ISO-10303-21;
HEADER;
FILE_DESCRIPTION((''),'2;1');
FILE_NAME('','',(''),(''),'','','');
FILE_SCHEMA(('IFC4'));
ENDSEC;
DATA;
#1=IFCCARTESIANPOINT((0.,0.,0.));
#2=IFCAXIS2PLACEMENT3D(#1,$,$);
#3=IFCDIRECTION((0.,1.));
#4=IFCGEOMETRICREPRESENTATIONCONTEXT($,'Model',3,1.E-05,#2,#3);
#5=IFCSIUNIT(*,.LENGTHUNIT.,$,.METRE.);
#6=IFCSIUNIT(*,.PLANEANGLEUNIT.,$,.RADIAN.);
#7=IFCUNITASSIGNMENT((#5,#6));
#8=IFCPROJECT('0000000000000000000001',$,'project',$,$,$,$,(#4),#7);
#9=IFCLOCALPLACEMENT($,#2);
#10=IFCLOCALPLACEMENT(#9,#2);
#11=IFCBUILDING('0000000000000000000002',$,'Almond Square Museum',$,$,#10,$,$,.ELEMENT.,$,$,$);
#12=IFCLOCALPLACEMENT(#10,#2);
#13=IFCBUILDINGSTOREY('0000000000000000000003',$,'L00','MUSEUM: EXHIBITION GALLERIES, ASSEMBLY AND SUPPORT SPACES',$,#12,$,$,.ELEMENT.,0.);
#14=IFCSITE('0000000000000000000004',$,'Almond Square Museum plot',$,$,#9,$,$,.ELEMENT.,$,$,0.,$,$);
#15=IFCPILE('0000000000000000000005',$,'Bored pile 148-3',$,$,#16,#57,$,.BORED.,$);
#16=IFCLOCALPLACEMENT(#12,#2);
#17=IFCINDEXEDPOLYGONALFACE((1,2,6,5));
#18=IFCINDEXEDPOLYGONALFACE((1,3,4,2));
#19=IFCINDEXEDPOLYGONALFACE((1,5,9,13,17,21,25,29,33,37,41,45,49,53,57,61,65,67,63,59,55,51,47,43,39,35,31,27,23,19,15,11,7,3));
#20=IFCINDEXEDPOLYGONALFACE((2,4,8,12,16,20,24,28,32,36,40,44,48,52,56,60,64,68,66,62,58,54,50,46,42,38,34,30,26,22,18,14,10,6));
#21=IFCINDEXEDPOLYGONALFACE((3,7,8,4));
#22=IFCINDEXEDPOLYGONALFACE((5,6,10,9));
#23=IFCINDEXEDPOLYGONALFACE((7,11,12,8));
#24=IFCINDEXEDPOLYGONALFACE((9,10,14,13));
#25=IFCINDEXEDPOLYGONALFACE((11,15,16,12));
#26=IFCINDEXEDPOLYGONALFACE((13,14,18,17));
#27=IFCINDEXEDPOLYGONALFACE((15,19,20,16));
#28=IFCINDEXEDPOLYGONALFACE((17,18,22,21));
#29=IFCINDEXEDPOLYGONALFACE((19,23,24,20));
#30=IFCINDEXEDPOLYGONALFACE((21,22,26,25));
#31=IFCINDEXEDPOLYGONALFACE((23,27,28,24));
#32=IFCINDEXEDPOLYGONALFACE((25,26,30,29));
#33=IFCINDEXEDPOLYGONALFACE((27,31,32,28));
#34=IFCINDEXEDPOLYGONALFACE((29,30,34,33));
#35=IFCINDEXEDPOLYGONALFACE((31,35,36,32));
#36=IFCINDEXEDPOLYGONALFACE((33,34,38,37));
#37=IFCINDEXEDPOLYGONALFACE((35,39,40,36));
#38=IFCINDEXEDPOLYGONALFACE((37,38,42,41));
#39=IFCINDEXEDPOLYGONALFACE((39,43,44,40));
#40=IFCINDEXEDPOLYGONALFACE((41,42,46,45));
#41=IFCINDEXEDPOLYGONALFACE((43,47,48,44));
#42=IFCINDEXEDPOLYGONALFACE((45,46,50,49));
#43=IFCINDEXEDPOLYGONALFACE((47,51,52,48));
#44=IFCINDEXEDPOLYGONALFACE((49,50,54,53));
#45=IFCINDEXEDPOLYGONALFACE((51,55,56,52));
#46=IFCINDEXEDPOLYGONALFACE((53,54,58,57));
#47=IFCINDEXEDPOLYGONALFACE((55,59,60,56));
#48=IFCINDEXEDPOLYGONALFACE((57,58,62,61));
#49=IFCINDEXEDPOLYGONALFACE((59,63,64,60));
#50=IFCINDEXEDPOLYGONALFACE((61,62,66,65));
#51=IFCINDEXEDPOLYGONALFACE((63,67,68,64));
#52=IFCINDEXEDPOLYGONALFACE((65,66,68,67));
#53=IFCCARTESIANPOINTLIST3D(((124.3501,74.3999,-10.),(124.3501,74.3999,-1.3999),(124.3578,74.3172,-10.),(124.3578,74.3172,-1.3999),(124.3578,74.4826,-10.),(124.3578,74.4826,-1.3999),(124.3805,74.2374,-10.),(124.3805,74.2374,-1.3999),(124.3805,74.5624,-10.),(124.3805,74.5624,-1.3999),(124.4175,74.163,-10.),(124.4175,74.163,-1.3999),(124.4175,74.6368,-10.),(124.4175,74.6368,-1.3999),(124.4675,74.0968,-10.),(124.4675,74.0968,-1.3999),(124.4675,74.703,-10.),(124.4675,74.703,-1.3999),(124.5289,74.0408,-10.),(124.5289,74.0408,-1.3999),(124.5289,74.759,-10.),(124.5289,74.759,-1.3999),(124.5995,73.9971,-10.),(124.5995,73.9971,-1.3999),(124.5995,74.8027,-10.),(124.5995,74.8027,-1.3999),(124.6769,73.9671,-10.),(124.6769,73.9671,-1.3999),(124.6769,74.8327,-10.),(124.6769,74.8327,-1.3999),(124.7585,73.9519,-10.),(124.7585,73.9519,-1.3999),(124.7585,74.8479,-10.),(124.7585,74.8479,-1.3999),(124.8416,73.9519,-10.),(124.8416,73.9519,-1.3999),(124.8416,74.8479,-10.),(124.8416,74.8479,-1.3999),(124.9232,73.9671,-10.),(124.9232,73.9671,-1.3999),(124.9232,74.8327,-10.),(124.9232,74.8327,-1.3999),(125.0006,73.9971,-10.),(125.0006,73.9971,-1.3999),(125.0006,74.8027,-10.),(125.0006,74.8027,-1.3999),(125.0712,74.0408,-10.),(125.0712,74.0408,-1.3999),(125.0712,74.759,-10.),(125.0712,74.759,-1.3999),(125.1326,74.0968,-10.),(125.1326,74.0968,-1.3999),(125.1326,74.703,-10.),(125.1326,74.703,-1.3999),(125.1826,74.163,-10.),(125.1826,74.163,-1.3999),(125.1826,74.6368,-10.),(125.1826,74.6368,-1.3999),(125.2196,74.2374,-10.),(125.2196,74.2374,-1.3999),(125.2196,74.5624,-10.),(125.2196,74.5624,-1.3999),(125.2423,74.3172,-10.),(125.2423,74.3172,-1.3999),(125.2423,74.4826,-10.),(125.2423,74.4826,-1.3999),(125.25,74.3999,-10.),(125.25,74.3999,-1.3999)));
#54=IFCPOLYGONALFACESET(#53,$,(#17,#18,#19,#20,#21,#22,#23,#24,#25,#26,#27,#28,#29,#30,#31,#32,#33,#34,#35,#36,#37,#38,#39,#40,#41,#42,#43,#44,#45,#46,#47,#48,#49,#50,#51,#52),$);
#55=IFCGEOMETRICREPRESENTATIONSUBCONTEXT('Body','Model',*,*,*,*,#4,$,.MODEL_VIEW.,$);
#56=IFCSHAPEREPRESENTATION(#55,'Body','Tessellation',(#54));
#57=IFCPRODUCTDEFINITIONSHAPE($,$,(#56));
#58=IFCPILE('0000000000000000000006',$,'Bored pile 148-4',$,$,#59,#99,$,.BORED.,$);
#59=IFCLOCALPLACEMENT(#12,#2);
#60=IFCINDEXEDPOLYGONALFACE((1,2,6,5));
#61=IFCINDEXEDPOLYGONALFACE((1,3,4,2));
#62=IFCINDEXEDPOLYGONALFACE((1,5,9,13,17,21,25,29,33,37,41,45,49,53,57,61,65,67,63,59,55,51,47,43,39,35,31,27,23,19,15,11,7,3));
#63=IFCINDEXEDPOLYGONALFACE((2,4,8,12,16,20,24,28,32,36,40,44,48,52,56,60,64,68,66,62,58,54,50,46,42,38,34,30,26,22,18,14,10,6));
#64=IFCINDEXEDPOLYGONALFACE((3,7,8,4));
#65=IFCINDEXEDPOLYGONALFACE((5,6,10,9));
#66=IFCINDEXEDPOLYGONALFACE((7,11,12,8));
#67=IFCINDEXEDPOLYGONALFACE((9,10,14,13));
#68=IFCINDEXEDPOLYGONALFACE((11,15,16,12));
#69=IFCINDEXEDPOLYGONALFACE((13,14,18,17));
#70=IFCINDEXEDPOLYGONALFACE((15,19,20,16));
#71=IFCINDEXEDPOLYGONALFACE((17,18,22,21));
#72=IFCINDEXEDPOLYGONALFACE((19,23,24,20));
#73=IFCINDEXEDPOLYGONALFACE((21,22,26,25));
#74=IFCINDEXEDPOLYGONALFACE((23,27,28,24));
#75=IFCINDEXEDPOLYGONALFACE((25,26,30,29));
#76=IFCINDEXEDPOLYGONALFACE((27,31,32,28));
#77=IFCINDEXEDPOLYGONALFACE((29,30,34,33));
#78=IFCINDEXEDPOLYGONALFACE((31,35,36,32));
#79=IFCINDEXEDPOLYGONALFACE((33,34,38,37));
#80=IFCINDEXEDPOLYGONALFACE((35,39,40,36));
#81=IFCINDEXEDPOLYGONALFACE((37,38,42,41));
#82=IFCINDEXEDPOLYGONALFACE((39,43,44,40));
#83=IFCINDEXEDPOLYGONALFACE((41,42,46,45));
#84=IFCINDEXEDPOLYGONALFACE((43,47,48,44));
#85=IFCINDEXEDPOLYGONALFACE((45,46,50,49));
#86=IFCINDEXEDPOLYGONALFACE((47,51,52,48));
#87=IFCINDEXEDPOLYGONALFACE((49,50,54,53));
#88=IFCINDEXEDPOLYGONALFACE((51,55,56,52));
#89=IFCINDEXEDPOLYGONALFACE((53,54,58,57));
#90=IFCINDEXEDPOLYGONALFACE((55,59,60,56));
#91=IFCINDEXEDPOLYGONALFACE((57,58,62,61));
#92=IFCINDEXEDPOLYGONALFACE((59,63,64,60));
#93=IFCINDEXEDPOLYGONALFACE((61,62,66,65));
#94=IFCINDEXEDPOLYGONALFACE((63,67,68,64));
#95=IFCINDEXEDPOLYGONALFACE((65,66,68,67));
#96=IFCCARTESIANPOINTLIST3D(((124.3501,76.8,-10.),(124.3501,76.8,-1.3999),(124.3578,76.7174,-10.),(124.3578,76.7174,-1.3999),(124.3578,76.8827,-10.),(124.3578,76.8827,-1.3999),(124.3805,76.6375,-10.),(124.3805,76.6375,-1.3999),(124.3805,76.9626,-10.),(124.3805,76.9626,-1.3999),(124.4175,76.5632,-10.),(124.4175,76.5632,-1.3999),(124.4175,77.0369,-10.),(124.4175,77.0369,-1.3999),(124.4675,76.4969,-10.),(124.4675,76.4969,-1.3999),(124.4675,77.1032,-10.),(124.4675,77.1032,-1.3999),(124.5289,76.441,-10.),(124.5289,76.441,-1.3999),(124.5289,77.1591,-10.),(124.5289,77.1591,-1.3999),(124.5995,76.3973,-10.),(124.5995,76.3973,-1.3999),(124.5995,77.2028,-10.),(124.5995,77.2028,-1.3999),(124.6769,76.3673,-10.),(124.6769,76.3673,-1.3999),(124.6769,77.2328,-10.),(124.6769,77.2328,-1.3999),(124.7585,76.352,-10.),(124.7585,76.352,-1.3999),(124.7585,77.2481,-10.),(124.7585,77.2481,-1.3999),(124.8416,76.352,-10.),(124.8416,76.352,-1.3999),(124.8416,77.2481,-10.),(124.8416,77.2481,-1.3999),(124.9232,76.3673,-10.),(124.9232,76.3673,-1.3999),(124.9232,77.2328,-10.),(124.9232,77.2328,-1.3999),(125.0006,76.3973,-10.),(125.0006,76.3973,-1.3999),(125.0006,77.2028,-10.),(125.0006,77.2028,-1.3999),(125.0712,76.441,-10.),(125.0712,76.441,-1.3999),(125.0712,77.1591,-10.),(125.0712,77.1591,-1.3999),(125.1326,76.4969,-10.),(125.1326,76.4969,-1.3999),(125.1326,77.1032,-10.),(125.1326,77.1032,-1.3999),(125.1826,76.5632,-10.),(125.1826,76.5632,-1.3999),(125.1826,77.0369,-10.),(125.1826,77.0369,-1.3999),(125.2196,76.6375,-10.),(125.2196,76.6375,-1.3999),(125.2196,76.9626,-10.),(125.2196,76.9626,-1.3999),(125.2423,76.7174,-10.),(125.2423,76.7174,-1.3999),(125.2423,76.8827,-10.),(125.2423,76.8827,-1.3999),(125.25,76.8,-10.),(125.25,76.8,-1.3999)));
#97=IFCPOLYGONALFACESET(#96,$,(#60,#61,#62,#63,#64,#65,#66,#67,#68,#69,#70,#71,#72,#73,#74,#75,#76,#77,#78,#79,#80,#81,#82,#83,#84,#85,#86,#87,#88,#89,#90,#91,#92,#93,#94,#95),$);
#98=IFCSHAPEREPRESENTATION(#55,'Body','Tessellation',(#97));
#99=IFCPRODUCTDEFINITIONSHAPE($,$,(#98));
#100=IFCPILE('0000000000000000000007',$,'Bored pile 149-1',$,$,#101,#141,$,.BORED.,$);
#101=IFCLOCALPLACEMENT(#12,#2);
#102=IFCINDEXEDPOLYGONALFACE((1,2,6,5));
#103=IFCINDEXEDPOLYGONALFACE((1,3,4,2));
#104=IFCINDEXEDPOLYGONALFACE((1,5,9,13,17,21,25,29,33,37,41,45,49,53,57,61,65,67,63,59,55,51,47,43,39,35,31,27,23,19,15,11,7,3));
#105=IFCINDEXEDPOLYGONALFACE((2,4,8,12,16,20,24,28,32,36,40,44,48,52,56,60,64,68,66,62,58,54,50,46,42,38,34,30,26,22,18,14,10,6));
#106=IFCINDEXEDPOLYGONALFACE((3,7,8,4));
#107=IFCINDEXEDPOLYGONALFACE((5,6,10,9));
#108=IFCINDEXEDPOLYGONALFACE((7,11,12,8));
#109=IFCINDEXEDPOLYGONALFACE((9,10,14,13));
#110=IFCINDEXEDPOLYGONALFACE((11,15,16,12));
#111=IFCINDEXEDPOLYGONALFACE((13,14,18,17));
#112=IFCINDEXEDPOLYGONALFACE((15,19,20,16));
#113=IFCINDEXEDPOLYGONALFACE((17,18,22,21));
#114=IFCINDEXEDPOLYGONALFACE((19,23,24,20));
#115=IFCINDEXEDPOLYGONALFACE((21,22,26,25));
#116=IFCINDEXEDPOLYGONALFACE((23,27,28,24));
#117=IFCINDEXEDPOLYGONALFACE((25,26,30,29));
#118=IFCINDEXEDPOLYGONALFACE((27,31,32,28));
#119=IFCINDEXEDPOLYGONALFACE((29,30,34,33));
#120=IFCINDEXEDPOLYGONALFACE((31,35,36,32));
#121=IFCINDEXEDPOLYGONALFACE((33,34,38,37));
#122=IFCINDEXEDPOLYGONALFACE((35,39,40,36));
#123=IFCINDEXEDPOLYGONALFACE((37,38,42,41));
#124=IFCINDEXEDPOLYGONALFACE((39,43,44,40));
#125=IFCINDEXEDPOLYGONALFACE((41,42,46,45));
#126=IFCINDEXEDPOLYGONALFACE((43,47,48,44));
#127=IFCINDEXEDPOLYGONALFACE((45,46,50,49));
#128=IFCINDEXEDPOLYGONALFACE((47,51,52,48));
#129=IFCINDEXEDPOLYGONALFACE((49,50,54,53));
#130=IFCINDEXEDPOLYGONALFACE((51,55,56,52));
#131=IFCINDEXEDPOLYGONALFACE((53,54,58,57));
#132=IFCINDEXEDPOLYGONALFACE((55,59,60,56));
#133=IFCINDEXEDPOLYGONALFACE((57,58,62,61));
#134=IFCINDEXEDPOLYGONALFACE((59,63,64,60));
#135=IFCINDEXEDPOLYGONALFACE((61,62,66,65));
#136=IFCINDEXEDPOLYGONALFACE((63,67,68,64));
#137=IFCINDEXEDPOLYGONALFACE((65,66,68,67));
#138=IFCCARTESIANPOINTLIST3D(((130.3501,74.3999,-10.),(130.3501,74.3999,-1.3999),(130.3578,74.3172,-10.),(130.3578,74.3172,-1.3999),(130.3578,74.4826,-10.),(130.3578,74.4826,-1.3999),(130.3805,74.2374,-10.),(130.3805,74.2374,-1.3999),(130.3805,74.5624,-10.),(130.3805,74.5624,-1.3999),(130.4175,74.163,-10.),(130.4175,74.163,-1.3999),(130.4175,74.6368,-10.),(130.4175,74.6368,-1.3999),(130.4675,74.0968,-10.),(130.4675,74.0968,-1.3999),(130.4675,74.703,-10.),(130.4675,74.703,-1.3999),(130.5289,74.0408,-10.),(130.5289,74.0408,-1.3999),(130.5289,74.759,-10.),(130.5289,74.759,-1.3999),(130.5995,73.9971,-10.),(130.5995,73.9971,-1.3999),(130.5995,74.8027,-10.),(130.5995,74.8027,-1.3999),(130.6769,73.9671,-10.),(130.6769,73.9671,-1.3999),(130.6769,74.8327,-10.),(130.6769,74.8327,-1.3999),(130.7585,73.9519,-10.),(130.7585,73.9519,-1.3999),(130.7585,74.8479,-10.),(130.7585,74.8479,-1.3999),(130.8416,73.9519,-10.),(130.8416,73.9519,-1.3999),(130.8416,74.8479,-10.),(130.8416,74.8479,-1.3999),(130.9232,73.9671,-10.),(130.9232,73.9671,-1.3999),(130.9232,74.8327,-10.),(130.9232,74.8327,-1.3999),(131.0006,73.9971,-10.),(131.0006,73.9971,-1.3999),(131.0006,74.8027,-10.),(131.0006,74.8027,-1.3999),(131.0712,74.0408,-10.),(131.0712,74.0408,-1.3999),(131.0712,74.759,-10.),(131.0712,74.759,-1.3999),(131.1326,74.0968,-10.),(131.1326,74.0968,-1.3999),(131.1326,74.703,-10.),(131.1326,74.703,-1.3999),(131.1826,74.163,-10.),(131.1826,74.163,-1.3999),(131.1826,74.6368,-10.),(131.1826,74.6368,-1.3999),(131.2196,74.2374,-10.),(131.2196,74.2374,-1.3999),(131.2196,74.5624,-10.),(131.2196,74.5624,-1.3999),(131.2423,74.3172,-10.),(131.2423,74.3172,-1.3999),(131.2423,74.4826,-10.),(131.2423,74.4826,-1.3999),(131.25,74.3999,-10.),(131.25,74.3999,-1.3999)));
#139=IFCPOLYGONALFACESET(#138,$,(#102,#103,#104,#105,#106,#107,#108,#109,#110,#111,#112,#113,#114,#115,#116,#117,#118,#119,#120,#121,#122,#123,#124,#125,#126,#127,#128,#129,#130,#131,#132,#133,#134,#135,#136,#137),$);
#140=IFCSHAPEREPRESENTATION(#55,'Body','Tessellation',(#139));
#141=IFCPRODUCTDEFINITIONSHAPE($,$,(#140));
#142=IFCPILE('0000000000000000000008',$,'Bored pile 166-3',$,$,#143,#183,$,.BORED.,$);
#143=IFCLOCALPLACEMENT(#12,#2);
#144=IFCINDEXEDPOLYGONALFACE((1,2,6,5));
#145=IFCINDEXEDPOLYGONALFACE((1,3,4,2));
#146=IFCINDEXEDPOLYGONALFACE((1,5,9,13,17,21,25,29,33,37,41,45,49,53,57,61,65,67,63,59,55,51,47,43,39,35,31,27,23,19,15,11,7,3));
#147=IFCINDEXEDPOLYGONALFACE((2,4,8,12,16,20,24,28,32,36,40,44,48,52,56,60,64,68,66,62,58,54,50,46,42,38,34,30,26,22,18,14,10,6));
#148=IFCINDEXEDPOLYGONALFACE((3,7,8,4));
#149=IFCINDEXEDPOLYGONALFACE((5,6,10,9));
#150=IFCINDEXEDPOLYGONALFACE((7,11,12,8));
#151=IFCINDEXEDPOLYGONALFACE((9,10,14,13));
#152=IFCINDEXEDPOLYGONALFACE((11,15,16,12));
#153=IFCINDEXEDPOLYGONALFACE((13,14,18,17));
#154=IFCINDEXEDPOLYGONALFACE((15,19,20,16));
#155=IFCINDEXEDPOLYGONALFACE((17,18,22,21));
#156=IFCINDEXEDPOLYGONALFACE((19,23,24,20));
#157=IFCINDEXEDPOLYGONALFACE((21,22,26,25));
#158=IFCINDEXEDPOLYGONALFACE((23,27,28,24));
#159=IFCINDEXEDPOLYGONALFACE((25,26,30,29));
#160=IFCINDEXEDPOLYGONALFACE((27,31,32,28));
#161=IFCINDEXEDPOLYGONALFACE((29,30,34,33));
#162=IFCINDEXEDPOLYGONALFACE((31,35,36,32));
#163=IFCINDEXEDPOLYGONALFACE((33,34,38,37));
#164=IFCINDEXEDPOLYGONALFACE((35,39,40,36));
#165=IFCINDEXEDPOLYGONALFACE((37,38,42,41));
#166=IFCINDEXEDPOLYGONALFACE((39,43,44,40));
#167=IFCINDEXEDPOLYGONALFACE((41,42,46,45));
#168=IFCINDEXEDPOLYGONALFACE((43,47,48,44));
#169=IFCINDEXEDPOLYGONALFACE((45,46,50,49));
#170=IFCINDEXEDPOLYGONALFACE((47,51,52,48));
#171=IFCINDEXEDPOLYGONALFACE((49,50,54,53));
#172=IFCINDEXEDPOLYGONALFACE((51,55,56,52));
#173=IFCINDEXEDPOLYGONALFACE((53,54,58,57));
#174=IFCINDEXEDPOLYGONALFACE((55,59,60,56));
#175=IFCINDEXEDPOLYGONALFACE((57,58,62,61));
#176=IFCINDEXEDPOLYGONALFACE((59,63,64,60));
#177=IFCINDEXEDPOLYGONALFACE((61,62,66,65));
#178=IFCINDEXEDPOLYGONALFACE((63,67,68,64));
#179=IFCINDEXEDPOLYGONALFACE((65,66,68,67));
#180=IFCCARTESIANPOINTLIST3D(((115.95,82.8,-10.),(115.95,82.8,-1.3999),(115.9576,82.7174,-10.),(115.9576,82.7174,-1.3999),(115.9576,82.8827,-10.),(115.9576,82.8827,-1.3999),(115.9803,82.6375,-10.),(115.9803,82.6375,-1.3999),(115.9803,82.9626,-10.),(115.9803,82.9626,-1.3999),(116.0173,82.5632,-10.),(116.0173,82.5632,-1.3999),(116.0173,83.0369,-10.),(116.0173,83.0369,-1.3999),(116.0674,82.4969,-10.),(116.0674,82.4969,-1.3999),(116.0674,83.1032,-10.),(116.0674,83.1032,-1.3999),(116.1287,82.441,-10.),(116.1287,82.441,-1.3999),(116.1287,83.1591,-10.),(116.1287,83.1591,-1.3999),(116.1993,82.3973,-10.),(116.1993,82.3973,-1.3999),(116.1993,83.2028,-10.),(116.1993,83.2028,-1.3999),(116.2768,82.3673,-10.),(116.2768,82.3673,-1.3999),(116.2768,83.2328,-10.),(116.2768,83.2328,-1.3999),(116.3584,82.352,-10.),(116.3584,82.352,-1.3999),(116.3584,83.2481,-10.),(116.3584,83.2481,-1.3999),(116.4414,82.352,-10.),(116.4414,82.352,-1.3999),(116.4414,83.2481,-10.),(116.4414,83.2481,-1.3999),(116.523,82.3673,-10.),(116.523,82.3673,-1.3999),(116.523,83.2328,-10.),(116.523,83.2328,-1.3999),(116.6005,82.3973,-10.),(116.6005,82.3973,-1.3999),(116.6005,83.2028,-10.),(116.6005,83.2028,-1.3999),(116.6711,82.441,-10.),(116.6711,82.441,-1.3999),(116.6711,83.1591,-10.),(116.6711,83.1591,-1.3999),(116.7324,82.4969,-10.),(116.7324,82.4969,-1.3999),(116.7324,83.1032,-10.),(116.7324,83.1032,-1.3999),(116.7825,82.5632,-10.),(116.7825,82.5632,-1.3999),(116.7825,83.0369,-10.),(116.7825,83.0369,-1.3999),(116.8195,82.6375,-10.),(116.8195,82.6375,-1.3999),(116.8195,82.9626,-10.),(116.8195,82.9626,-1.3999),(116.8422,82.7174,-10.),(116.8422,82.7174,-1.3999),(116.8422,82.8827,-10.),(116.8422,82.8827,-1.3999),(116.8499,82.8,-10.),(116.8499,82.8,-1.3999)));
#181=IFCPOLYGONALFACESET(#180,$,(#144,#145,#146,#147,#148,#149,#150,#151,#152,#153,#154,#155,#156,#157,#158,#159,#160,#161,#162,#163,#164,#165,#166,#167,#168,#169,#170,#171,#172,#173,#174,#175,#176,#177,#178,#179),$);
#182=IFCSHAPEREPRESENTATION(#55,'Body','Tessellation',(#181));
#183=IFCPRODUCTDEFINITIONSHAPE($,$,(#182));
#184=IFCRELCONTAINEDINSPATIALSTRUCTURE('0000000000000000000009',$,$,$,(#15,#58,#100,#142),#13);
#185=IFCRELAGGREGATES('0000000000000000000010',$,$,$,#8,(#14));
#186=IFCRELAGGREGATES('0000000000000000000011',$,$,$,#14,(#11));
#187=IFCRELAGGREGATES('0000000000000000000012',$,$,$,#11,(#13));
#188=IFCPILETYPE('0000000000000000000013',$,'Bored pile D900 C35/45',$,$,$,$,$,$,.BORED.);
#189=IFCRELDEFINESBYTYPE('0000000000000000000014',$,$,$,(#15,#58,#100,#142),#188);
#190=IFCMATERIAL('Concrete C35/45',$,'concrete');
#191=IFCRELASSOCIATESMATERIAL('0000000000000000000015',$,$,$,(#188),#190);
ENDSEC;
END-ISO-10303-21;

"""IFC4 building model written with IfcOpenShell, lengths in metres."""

from ifc_helpers import new_model, si_unit, direction, frame, origin, origin_2d, place, context, subcontext, project, spatial, circle, extrude, material, material_profile, profile_set, type_object, element, save


model = new_model("IFC4")

# Units and contexts
model_context = context("Model", 3, precision=1e-05, world=origin(), true_north=direction((0.0, 1.0)))
body_context = subcontext(model_context, "Body", "Model", "MODEL_VIEW")
ifc_project = project(units=[si_unit("LENGTHUNIT", "METRE"), si_unit("PLANEANGLEUNIT", "RADIAN")], contexts=[model_context])

# Site, building, storey
site_placement = place(None, origin())
site = spatial("IfcSite", under=ifc_project, at=site_placement, Name="Almond Square Museum plot", CompositionType="ELEMENT", RefElevation=0.0)
building_placement = place(site_placement, origin())
building = spatial("IfcBuilding", under=site, at=building_placement, Name="Almond Square Museum", CompositionType="ELEMENT")
storey_placement = place(building_placement, origin())
storey = spatial("IfcBuildingStorey", under=building, at=storey_placement, Name="L00", Description="MUSEUM: EXHIBITION GALLERIES, ASSEMBLY AND SUPPORT SPACES", CompositionType="ELEMENT", Elevation=0.0)

# Piles
ifc_material_1 = material(Name="Concrete C35/45", Category="concrete")
ifc_material_profile_1 = material_profile(ifc_material_1, circle(Radius=0.45, at=origin_2d()))
ifc_profile_set_1 = profile_set([ifc_material_profile_1], Name="Concrete C35/45")
pile_type = type_object("IfcPileType", Name="Bored pile D900 C35/45", PredefinedType="BORED", material=ifc_profile_set_1)
for number, where, z_axis, x_axis, name in (
    (1, (124.8, 74.3999, -1.3999), (0.0, 0.0, -1.0), (1.0, 0.0, 0.0), "Bored pile 148-3"),
    (2, (124.8, 76.8, -1.3999), (0.0, 0.0, -1.0), (1.0, 0.0, 0.0), "Bored pile 148-4"),
    (3, (130.8, 74.3999, -1.3999), (0.0, 0.0, -1.0), (1.0, 0.0, 0.0), "Bored pile 149-1"),
    (4, (116.3999, 82.8, -1.3999), (0.0, 0.0, -1.0), (1.0, 0.0, 0.0), "Bored pile 166-3"),
):
    element("IfcPile", number, at=place(storey_placement, frame(where, z_axis=z_axis, x_axis=x_axis)), inside=storey, type_object=pile_type, Name=name, PredefinedType="BORED", context=body_context, shape_type="SweptSolid", body=[
        extrude(circle(Radius=0.45, at=origin_2d()), origin(), (0.0, 0.0, 1.0), 8.6001),
    ])

save(model, "model.ifc")
